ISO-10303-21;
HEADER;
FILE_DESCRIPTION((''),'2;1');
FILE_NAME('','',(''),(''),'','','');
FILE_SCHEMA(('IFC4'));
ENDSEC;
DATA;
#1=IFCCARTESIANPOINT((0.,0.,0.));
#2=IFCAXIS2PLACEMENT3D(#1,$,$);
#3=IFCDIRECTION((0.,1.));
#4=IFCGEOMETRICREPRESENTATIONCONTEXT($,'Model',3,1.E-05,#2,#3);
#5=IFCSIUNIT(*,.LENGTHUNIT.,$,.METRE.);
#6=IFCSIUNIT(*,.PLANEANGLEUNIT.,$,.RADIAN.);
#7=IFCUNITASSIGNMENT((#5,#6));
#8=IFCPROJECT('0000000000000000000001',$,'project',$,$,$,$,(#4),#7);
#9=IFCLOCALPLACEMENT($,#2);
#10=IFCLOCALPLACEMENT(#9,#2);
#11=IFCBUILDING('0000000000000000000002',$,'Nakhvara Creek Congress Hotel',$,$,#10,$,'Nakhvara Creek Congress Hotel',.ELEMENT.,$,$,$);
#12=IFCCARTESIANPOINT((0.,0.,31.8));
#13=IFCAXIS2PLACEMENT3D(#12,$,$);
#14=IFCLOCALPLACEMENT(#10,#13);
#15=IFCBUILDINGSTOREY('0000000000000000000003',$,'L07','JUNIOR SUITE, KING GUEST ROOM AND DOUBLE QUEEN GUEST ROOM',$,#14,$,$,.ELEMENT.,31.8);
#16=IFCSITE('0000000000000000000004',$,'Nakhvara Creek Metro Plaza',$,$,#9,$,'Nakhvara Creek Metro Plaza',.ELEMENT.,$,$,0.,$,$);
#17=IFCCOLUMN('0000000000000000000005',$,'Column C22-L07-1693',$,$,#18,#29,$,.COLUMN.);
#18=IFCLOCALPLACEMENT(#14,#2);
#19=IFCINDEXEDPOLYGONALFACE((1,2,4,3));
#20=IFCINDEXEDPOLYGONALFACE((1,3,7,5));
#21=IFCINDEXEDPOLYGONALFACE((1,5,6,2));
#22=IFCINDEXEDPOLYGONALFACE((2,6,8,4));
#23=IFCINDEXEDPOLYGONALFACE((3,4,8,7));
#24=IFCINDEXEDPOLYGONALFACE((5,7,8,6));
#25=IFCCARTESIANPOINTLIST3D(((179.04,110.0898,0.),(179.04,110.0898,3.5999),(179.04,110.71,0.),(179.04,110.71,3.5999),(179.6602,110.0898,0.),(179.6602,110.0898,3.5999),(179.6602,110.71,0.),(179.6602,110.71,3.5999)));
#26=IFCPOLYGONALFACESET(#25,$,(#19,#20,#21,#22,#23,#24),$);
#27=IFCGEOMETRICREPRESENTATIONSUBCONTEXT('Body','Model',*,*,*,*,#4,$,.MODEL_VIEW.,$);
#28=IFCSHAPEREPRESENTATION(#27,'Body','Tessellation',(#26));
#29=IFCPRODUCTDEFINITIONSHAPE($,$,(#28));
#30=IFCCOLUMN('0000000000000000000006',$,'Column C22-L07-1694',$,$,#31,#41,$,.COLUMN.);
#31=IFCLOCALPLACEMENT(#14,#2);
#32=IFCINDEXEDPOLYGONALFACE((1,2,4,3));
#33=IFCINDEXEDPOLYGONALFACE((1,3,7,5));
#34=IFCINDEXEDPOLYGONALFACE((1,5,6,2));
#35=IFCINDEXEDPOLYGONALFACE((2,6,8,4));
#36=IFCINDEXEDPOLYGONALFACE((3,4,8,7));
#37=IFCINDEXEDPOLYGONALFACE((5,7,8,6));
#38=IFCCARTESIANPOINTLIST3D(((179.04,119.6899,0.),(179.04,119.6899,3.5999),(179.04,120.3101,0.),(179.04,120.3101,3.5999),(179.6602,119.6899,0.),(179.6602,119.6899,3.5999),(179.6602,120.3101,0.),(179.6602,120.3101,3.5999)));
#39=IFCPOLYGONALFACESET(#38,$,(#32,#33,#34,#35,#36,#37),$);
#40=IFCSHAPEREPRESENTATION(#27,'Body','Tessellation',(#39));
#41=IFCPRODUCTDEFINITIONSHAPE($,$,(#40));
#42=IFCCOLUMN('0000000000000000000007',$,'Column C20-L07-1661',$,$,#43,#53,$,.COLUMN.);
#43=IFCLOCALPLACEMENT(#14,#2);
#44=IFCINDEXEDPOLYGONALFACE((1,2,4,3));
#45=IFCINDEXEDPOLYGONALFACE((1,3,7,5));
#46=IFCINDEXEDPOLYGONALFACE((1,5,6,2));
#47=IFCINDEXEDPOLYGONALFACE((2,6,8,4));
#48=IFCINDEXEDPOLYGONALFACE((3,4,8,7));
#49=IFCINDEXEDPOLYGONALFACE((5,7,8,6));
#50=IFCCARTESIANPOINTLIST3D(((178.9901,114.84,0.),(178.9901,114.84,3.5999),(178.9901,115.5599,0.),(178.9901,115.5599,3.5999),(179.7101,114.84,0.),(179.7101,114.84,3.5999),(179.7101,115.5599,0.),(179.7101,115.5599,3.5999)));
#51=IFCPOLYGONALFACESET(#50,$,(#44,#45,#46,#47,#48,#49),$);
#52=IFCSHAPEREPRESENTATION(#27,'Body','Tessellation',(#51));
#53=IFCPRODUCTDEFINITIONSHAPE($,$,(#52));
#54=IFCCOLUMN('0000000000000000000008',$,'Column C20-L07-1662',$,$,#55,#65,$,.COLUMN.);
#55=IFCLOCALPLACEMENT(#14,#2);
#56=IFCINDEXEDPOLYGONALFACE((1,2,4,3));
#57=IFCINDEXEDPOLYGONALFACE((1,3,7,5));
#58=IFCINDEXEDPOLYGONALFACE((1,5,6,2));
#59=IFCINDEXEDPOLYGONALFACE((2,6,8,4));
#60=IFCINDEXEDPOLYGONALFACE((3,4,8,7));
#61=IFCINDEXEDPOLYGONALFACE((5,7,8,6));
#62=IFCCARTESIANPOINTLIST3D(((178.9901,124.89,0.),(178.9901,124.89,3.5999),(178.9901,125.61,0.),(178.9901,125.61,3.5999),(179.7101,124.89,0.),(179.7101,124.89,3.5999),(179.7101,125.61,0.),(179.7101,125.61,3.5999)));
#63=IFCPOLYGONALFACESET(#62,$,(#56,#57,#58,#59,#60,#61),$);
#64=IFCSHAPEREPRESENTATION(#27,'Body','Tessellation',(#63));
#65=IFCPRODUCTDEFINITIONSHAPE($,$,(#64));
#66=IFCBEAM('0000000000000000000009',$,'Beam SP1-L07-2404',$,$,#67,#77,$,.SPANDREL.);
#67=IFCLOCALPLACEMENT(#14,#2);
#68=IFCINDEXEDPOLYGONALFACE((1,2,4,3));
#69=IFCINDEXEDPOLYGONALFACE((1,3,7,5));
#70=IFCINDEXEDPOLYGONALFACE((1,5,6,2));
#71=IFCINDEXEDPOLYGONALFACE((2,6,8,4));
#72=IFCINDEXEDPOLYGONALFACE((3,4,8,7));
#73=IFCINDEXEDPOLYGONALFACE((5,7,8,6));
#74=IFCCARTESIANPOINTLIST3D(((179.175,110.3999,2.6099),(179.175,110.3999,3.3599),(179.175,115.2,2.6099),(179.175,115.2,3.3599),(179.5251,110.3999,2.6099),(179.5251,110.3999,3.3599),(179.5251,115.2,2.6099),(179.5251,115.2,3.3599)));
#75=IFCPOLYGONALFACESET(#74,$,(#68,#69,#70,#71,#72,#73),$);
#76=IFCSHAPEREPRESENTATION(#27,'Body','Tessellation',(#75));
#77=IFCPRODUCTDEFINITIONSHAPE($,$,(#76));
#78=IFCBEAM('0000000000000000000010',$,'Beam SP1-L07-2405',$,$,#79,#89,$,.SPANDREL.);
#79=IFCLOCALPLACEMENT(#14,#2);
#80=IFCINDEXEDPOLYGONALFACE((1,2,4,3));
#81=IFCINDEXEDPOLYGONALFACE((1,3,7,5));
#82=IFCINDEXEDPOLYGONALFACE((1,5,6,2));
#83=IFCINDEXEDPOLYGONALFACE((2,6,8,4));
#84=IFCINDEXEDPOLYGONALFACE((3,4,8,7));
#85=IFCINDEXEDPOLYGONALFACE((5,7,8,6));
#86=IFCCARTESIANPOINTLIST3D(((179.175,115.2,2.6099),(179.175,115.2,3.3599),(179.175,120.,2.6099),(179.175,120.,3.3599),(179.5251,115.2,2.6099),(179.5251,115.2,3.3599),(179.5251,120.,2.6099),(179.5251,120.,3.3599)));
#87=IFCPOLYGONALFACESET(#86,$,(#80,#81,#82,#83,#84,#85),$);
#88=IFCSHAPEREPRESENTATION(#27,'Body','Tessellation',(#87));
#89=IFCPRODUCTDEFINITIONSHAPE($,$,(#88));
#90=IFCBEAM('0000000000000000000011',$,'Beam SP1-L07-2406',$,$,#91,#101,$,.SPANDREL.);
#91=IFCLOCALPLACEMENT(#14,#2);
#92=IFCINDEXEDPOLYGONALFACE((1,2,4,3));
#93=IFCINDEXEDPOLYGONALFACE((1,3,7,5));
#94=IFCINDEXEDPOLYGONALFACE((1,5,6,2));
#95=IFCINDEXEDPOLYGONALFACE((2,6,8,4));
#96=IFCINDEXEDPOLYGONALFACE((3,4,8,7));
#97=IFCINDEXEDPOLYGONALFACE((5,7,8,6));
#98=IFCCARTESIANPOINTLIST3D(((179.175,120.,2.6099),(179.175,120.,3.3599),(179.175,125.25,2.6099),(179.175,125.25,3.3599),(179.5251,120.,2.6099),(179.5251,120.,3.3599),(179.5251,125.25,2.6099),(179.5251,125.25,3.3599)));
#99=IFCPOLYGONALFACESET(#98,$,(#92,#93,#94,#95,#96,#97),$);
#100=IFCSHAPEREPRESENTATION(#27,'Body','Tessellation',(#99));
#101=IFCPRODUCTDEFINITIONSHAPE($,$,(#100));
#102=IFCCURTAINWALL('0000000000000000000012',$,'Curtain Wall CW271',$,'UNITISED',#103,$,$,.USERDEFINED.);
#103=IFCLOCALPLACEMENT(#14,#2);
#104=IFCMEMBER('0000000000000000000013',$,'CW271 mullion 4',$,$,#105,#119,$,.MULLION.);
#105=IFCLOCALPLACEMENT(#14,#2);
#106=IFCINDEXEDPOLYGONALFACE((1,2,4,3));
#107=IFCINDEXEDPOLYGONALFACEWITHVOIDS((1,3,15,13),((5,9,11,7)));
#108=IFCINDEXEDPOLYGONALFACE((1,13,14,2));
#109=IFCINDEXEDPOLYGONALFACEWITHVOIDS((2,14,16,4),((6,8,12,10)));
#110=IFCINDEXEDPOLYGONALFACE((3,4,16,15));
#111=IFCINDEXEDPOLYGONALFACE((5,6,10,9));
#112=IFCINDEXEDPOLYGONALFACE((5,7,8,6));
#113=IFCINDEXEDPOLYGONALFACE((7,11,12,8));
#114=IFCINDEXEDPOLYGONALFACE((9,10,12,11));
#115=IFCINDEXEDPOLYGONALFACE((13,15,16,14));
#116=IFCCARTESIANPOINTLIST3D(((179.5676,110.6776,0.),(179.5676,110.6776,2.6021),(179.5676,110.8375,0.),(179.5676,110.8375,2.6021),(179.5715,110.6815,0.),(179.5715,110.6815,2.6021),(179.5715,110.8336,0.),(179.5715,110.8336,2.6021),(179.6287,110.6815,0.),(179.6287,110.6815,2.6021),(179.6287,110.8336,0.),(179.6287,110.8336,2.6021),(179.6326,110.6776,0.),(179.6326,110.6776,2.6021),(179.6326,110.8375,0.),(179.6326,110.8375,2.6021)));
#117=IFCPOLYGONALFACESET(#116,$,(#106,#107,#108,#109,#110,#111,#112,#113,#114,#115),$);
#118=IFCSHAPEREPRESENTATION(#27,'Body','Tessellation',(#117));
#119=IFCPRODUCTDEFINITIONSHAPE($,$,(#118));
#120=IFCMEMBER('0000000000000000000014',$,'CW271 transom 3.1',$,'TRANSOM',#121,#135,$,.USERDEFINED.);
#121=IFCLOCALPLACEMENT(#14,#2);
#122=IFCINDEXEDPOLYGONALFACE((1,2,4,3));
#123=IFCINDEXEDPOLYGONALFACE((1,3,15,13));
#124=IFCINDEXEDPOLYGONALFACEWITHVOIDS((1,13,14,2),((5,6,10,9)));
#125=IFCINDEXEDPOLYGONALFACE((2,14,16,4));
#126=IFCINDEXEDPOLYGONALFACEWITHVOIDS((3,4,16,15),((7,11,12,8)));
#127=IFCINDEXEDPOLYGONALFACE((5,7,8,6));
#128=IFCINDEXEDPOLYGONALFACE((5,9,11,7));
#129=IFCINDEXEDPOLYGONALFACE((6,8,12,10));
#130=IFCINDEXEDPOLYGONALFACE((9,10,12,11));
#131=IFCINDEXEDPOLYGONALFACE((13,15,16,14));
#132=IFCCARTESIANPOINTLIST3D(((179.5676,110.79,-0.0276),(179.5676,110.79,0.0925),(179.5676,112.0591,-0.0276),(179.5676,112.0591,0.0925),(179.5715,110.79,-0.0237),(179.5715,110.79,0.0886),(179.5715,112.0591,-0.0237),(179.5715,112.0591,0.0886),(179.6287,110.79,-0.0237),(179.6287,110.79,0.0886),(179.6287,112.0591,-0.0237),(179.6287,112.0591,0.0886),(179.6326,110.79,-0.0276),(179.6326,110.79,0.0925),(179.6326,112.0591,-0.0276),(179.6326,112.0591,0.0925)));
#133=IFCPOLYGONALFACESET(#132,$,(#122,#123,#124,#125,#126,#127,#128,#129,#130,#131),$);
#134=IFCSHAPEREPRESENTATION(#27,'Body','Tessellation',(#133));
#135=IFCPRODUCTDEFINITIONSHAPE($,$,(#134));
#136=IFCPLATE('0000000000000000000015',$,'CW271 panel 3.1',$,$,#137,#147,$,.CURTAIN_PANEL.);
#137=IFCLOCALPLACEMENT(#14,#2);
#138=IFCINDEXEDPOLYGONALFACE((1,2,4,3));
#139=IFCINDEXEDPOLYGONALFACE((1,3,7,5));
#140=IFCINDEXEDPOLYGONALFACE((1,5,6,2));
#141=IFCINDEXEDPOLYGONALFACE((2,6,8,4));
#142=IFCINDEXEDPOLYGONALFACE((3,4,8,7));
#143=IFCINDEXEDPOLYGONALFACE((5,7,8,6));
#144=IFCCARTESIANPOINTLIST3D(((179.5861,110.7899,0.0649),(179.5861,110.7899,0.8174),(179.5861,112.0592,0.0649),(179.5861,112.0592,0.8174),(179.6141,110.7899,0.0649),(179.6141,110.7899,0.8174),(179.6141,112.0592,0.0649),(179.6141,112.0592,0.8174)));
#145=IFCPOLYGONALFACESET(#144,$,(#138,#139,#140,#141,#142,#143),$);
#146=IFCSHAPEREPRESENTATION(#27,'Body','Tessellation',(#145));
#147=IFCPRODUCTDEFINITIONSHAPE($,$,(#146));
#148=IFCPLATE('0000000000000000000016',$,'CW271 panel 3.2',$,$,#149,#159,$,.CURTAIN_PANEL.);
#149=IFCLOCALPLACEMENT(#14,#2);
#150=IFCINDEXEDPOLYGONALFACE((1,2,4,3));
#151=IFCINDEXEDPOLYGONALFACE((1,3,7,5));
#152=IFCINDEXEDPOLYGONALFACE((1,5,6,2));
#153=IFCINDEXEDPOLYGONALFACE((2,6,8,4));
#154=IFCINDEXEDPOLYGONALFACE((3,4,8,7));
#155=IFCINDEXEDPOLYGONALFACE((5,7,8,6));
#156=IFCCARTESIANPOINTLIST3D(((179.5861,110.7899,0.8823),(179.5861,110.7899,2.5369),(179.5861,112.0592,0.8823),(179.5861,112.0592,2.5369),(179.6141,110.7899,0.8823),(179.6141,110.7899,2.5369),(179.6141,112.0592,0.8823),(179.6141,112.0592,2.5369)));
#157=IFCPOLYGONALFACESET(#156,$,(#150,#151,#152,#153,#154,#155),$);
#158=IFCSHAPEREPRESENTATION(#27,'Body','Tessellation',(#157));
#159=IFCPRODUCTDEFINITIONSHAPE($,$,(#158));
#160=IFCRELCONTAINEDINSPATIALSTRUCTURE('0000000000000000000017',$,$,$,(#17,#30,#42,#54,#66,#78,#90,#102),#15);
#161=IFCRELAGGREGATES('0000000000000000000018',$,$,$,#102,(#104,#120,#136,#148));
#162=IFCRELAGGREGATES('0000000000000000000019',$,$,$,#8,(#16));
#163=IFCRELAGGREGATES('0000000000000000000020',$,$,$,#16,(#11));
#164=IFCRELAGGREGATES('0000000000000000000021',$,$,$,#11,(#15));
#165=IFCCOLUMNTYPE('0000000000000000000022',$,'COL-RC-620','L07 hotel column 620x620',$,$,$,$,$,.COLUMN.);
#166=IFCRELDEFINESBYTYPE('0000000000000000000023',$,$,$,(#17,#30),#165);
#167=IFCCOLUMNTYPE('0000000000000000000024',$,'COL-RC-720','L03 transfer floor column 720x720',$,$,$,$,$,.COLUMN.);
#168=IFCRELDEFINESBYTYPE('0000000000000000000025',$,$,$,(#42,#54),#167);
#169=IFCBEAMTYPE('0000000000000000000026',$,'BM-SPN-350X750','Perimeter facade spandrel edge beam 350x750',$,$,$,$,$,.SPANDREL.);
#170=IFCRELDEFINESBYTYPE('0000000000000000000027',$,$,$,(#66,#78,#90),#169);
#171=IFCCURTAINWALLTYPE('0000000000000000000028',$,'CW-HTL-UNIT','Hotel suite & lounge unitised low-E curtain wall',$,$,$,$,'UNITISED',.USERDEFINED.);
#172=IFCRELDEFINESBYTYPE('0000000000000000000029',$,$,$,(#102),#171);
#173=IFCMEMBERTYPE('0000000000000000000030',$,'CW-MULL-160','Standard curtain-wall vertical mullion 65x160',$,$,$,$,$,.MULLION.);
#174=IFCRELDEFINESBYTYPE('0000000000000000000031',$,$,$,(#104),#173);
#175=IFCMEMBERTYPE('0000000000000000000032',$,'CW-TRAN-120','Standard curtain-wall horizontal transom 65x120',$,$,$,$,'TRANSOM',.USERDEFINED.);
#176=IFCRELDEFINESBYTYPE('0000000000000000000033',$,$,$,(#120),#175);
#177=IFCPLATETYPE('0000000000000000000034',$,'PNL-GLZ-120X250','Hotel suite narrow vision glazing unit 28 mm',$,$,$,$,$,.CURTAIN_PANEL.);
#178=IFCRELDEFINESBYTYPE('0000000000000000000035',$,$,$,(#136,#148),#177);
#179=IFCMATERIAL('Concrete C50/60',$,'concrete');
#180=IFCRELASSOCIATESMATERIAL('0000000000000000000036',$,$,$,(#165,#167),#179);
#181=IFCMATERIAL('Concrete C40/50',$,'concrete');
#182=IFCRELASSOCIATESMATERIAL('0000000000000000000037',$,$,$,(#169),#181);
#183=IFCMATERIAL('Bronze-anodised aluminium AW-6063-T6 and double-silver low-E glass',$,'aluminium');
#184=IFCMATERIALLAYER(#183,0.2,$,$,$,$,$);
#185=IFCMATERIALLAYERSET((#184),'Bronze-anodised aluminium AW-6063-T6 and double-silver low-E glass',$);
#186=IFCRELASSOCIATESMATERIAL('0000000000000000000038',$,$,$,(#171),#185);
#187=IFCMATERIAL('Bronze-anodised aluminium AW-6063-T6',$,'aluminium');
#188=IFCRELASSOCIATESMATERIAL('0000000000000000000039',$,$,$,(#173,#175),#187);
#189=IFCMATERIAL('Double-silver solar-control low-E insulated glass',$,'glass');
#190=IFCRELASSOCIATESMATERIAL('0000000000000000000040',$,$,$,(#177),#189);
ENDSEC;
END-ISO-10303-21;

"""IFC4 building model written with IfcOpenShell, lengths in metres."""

from ifc_helpers import new_model, si_unit, direction, frame, origin, origin_2d, place, context, subcontext, project, spatial, rectangle, hollow_rectangle, extrude, material, layer, layer_set, material_profile, profile_set, type_object, element, aggregate, save


model = new_model("IFC4")

# Units and contexts
model_context = context("Model", 3, precision=1e-05, world=origin(), true_north=direction((0.0, 1.0)))
body_context = subcontext(model_context, "Body", "Model", "MODEL_VIEW")
ifc_project = project(units=[si_unit("LENGTHUNIT", "METRE"), si_unit("PLANEANGLEUNIT", "RADIAN")], contexts=[model_context])

# Site, building, storey
site_placement = place(None, origin())
site = spatial("IfcSite", under=ifc_project, at=site_placement, Name="Nakhvara Creek Metro Plaza", LongName="Nakhvara Creek Metro Plaza", CompositionType="ELEMENT", RefElevation=0.0)
building_placement = place(site_placement, origin())
building = spatial("IfcBuilding", under=site, at=building_placement, Name="Nakhvara Creek Congress Hotel", LongName="Nakhvara Creek Congress Hotel", CompositionType="ELEMENT")
storey_placement = place(building_placement, frame((0.0, 0.0, 31.8)))
storey = spatial("IfcBuildingStorey", under=building, at=storey_placement, Name="L07", Description="JUNIOR SUITE, KING GUEST ROOM AND DOUBLE QUEEN GUEST ROOM", CompositionType="ELEMENT", Elevation=31.8)

# Columns
ifc_material_1 = material(Name="Concrete C50/60", Category="concrete")
ifc_material_profile_1 = material_profile(ifc_material_1, rectangle(XDim=0.6201, YDim=0.6201, at=origin_2d()), Name="RC-COL 620x620", Category="LoadBearing")
ifc_profile_set_1 = profile_set([ifc_material_profile_1], Name="Concrete C50/60")
column_type_1 = type_object("IfcColumnType", Name="COL-RC-620", Description="L07 hotel column 620x620", PredefinedType="COLUMN", material=ifc_profile_set_1)
for number, where, z_axis, x_axis, name in (
    (1, (179.3501, 110.3999, 0.0), (0.0, 0.0, 1.0), (1.0, 0.0, 0.0), "Column C22-L07-1693"),
    (2, (179.3501, 120.0, 0.0), (0.0, 0.0, 1.0), (1.0, 0.0, 0.0), "Column C22-L07-1694"),
):
    element("IfcColumn", number, at=place(storey_placement, frame(where, z_axis=z_axis, x_axis=x_axis)), inside=storey, type_object=column_type_1, Name=name, PredefinedType="COLUMN", context=body_context, shape_type="SweptSolid", body=[
        extrude(rectangle(XDim=0.6201, YDim=0.6201, at=origin_2d()), origin(), (0.0, 0.0, 1.0), 3.5999),
    ])
ifc_material_profile_2 = material_profile(ifc_material_1, rectangle(XDim=0.72, YDim=0.72, at=origin_2d()), Name="RC-COL 720x720", Category="LoadBearing")
ifc_profile_set_2 = profile_set([ifc_material_profile_2], Name="Concrete C50/60")
column_type_2 = type_object("IfcColumnType", Name="COL-RC-720", Description="L03 transfer floor column 720x720", PredefinedType="COLUMN", material=ifc_profile_set_2)
for number, where, z_axis, x_axis, name in (
    (3, (179.3501, 115.2, 0.0), (0.0, 0.0, 1.0), (1.0, 0.0, 0.0), "Column C20-L07-1661"),
    (4, (179.3501, 125.25, 0.0), (0.0, 0.0, 1.0), (1.0, 0.0, 0.0), "Column C20-L07-1662"),
):
    element("IfcColumn", number, at=place(storey_placement, frame(where, z_axis=z_axis, x_axis=x_axis)), inside=storey, type_object=column_type_2, Name=name, PredefinedType="COLUMN", context=body_context, shape_type="SweptSolid", body=[
        extrude(rectangle(XDim=0.72, YDim=0.72, at=origin_2d()), origin(), (0.0, 0.0, 1.0), 3.5999),
    ])

# Beams
ifc_material_2 = material(Name="Concrete C40/50", Category="concrete")
ifc_material_profile_3 = material_profile(ifc_material_2, rectangle(XDim=0.3501, YDim=0.75, at=origin_2d()), Name="RC-SPANDREL 350x750", Category="LoadBearing")
ifc_profile_set_3 = profile_set([ifc_material_profile_3], Name="Concrete C40/50")
beam_type = type_object("IfcBeamType", Name="BM-SPN-350X750", Description="Perimeter facade spandrel edge beam 350x750", PredefinedType="SPANDREL", material=ifc_profile_set_3)
for number, where, z_axis, x_axis, name in (
    (5, (179.3501, 110.3999, 2.9849), (0.0, 1.0, 0.0), (-1.0, 0.0, 0.0), "Beam SP1-L07-2404"),
    (6, (179.3501, 115.2, 2.9849), (0.0, 1.0, 0.0), (-1.0, 0.0, 0.0), "Beam SP1-L07-2405"),
):
    element("IfcBeam", number, at=place(storey_placement, frame(where, z_axis=z_axis, x_axis=x_axis)), inside=storey, type_object=beam_type, Name=name, PredefinedType="SPANDREL", context=body_context, shape_type="SweptSolid", body=[
        extrude(rectangle(XDim=0.3501, YDim=0.75, at=origin_2d()), origin(), (0.0, 0.0, 1.0), 4.8),
    ])
beam_placement = place(storey_placement, frame((179.3501, 120.0, 2.9849), z_axis=(0.0, 1.0, 0.0), x_axis=(-1.0, 0.0, 0.0)))
element("IfcBeam", 7, at=beam_placement, inside=storey, type_object=beam_type, Name="Beam SP1-L07-2406", PredefinedType="SPANDREL", context=body_context, shape_type="SweptSolid", body=[
    extrude(rectangle(XDim=0.3501, YDim=0.75, at=origin_2d()), origin(), (0.0, 0.0, 1.0), 5.25),
])

# Curtain wall, members, plates
ifc_material_3 = material(Name="Bronze-anodised aluminium AW-6063-T6 and double-silver low-E glass", Category="aluminium")
ifc_layer_1 = layer(ifc_material_3, 0.2)
ifc_layer_set_1 = layer_set([ifc_layer_1], Name="Bronze-anodised aluminium AW-6063-T6 and double-silver low-E glass")
curtain_wall_type = type_object("IfcCurtainWallType", Name="CW-HTL-UNIT", Description="Hotel suite & lounge unitised low-E curtain wall", ElementType="UNITISED", PredefinedType="USERDEFINED", material=ifc_layer_set_1)
curtain_wall_placement = place(storey_placement, origin())
curtain_wall = element("IfcCurtainWall", 8, at=curtain_wall_placement, inside=storey, type_object=curtain_wall_type, Name="Curtain Wall CW271", ObjectType="UNITISED", PredefinedType="USERDEFINED")
ifc_material_4 = material(Name="Bronze-anodised aluminium AW-6063-T6", Category="aluminium")
ifc_material_profile_4 = material_profile(ifc_material_4, hollow_rectangle(XDim=0.0649, YDim=0.1599, WallThickness=0.0039, at=origin_2d()), Name="ALU-MULL 65x160x4", Category="LoadBearing")
ifc_profile_set_4 = profile_set([ifc_material_profile_4], Name="Bronze-anodised aluminium AW-6063-T6")
member_type_1 = type_object("IfcMemberType", Name="CW-MULL-160", Description="Standard curtain-wall vertical mullion 65x160", PredefinedType="MULLION", material=ifc_profile_set_4)
member_1_placement = place(storey_placement, frame((179.6001, 110.7576, 0.0), z_axis=(0.0, 0.0, 1.0), x_axis=(1.0, 0.0, 0.0)))
member_1 = element("IfcMember", 9, at=member_1_placement, type_object=member_type_1, Name="CW271 mullion 4", PredefinedType="MULLION", context=body_context, shape_type="SweptSolid", body=[
    extrude(hollow_rectangle(XDim=0.0649, YDim=0.1599, WallThickness=0.0039, at=origin_2d()), origin(), (0.0, 0.0, 1.0), 2.6021),
])
ifc_material_profile_5 = material_profile(ifc_material_4, hollow_rectangle(XDim=0.0649, YDim=0.1201, WallThickness=0.0039, at=origin_2d()), Name="ALU-TRAN 65x120x4", Category="LoadBearing")
ifc_profile_set_5 = profile_set([ifc_material_profile_5], Name="Bronze-anodised aluminium AW-6063-T6")
member_type_2 = type_object("IfcMemberType", Name="CW-TRAN-120", Description="Standard curtain-wall horizontal transom 65x120", ElementType="TRANSOM", PredefinedType="USERDEFINED", material=ifc_profile_set_5)
member_2_placement = place(storey_placement, frame((179.6001, 112.0591, 0.0325), z_axis=(0.0, -1.0, 0.0), x_axis=(1.0, 0.0, 0.0)))
member_2 = element("IfcMember", 10, at=member_2_placement, type_object=member_type_2, Name="CW271 transom 3.1", ObjectType="TRANSOM", PredefinedType="USERDEFINED", context=body_context, shape_type="SweptSolid", body=[
    extrude(hollow_rectangle(XDim=0.0649, YDim=0.1201, WallThickness=0.0039, at=origin_2d()), origin(), (0.0, 0.0, 1.0), 1.269),
])
ifc_material_5 = material(Name="Double-silver solar-control low-E insulated glass", Category="glass")
plate_type = type_object("IfcPlateType", Name="PNL-GLZ-120X250", Description="Hotel suite narrow vision glazing unit 28 mm", PredefinedType="CURTAIN_PANEL", material=ifc_material_5)
plate_1_placement = place(storey_placement, frame((179.6001, 111.4246, 0.0649), z_axis=(0.0, 0.0, 1.0), x_axis=(0.0, -1.0, 0.0)))
plate_1 = element("IfcPlate", 11, at=plate_1_placement, type_object=plate_type, Name="CW271 panel 3.1", PredefinedType="CURTAIN_PANEL", context=body_context, shape_type="SweptSolid", body=[
    extrude(rectangle(XDim=1.2693, YDim=0.0281, at=origin_2d()), origin(), (0.0, 0.0, 1.0), 0.7524),
])
plate_2_placement = place(storey_placement, frame((179.6001, 111.4246, 0.8823), z_axis=(0.0, 0.0, 1.0), x_axis=(0.0, -1.0, 0.0)))
plate_2 = element("IfcPlate", 12, at=plate_2_placement, type_object=plate_type, Name="CW271 panel 3.2", PredefinedType="CURTAIN_PANEL", context=body_context, shape_type="SweptSolid", body=[
    extrude(rectangle(XDim=1.2693, YDim=0.0281, at=origin_2d()), origin(), (0.0, 0.0, 1.0), 1.6545),
])
aggregate(curtain_wall, [member_1, member_2, plate_1, plate_2])

save(model, "model.ifc")
